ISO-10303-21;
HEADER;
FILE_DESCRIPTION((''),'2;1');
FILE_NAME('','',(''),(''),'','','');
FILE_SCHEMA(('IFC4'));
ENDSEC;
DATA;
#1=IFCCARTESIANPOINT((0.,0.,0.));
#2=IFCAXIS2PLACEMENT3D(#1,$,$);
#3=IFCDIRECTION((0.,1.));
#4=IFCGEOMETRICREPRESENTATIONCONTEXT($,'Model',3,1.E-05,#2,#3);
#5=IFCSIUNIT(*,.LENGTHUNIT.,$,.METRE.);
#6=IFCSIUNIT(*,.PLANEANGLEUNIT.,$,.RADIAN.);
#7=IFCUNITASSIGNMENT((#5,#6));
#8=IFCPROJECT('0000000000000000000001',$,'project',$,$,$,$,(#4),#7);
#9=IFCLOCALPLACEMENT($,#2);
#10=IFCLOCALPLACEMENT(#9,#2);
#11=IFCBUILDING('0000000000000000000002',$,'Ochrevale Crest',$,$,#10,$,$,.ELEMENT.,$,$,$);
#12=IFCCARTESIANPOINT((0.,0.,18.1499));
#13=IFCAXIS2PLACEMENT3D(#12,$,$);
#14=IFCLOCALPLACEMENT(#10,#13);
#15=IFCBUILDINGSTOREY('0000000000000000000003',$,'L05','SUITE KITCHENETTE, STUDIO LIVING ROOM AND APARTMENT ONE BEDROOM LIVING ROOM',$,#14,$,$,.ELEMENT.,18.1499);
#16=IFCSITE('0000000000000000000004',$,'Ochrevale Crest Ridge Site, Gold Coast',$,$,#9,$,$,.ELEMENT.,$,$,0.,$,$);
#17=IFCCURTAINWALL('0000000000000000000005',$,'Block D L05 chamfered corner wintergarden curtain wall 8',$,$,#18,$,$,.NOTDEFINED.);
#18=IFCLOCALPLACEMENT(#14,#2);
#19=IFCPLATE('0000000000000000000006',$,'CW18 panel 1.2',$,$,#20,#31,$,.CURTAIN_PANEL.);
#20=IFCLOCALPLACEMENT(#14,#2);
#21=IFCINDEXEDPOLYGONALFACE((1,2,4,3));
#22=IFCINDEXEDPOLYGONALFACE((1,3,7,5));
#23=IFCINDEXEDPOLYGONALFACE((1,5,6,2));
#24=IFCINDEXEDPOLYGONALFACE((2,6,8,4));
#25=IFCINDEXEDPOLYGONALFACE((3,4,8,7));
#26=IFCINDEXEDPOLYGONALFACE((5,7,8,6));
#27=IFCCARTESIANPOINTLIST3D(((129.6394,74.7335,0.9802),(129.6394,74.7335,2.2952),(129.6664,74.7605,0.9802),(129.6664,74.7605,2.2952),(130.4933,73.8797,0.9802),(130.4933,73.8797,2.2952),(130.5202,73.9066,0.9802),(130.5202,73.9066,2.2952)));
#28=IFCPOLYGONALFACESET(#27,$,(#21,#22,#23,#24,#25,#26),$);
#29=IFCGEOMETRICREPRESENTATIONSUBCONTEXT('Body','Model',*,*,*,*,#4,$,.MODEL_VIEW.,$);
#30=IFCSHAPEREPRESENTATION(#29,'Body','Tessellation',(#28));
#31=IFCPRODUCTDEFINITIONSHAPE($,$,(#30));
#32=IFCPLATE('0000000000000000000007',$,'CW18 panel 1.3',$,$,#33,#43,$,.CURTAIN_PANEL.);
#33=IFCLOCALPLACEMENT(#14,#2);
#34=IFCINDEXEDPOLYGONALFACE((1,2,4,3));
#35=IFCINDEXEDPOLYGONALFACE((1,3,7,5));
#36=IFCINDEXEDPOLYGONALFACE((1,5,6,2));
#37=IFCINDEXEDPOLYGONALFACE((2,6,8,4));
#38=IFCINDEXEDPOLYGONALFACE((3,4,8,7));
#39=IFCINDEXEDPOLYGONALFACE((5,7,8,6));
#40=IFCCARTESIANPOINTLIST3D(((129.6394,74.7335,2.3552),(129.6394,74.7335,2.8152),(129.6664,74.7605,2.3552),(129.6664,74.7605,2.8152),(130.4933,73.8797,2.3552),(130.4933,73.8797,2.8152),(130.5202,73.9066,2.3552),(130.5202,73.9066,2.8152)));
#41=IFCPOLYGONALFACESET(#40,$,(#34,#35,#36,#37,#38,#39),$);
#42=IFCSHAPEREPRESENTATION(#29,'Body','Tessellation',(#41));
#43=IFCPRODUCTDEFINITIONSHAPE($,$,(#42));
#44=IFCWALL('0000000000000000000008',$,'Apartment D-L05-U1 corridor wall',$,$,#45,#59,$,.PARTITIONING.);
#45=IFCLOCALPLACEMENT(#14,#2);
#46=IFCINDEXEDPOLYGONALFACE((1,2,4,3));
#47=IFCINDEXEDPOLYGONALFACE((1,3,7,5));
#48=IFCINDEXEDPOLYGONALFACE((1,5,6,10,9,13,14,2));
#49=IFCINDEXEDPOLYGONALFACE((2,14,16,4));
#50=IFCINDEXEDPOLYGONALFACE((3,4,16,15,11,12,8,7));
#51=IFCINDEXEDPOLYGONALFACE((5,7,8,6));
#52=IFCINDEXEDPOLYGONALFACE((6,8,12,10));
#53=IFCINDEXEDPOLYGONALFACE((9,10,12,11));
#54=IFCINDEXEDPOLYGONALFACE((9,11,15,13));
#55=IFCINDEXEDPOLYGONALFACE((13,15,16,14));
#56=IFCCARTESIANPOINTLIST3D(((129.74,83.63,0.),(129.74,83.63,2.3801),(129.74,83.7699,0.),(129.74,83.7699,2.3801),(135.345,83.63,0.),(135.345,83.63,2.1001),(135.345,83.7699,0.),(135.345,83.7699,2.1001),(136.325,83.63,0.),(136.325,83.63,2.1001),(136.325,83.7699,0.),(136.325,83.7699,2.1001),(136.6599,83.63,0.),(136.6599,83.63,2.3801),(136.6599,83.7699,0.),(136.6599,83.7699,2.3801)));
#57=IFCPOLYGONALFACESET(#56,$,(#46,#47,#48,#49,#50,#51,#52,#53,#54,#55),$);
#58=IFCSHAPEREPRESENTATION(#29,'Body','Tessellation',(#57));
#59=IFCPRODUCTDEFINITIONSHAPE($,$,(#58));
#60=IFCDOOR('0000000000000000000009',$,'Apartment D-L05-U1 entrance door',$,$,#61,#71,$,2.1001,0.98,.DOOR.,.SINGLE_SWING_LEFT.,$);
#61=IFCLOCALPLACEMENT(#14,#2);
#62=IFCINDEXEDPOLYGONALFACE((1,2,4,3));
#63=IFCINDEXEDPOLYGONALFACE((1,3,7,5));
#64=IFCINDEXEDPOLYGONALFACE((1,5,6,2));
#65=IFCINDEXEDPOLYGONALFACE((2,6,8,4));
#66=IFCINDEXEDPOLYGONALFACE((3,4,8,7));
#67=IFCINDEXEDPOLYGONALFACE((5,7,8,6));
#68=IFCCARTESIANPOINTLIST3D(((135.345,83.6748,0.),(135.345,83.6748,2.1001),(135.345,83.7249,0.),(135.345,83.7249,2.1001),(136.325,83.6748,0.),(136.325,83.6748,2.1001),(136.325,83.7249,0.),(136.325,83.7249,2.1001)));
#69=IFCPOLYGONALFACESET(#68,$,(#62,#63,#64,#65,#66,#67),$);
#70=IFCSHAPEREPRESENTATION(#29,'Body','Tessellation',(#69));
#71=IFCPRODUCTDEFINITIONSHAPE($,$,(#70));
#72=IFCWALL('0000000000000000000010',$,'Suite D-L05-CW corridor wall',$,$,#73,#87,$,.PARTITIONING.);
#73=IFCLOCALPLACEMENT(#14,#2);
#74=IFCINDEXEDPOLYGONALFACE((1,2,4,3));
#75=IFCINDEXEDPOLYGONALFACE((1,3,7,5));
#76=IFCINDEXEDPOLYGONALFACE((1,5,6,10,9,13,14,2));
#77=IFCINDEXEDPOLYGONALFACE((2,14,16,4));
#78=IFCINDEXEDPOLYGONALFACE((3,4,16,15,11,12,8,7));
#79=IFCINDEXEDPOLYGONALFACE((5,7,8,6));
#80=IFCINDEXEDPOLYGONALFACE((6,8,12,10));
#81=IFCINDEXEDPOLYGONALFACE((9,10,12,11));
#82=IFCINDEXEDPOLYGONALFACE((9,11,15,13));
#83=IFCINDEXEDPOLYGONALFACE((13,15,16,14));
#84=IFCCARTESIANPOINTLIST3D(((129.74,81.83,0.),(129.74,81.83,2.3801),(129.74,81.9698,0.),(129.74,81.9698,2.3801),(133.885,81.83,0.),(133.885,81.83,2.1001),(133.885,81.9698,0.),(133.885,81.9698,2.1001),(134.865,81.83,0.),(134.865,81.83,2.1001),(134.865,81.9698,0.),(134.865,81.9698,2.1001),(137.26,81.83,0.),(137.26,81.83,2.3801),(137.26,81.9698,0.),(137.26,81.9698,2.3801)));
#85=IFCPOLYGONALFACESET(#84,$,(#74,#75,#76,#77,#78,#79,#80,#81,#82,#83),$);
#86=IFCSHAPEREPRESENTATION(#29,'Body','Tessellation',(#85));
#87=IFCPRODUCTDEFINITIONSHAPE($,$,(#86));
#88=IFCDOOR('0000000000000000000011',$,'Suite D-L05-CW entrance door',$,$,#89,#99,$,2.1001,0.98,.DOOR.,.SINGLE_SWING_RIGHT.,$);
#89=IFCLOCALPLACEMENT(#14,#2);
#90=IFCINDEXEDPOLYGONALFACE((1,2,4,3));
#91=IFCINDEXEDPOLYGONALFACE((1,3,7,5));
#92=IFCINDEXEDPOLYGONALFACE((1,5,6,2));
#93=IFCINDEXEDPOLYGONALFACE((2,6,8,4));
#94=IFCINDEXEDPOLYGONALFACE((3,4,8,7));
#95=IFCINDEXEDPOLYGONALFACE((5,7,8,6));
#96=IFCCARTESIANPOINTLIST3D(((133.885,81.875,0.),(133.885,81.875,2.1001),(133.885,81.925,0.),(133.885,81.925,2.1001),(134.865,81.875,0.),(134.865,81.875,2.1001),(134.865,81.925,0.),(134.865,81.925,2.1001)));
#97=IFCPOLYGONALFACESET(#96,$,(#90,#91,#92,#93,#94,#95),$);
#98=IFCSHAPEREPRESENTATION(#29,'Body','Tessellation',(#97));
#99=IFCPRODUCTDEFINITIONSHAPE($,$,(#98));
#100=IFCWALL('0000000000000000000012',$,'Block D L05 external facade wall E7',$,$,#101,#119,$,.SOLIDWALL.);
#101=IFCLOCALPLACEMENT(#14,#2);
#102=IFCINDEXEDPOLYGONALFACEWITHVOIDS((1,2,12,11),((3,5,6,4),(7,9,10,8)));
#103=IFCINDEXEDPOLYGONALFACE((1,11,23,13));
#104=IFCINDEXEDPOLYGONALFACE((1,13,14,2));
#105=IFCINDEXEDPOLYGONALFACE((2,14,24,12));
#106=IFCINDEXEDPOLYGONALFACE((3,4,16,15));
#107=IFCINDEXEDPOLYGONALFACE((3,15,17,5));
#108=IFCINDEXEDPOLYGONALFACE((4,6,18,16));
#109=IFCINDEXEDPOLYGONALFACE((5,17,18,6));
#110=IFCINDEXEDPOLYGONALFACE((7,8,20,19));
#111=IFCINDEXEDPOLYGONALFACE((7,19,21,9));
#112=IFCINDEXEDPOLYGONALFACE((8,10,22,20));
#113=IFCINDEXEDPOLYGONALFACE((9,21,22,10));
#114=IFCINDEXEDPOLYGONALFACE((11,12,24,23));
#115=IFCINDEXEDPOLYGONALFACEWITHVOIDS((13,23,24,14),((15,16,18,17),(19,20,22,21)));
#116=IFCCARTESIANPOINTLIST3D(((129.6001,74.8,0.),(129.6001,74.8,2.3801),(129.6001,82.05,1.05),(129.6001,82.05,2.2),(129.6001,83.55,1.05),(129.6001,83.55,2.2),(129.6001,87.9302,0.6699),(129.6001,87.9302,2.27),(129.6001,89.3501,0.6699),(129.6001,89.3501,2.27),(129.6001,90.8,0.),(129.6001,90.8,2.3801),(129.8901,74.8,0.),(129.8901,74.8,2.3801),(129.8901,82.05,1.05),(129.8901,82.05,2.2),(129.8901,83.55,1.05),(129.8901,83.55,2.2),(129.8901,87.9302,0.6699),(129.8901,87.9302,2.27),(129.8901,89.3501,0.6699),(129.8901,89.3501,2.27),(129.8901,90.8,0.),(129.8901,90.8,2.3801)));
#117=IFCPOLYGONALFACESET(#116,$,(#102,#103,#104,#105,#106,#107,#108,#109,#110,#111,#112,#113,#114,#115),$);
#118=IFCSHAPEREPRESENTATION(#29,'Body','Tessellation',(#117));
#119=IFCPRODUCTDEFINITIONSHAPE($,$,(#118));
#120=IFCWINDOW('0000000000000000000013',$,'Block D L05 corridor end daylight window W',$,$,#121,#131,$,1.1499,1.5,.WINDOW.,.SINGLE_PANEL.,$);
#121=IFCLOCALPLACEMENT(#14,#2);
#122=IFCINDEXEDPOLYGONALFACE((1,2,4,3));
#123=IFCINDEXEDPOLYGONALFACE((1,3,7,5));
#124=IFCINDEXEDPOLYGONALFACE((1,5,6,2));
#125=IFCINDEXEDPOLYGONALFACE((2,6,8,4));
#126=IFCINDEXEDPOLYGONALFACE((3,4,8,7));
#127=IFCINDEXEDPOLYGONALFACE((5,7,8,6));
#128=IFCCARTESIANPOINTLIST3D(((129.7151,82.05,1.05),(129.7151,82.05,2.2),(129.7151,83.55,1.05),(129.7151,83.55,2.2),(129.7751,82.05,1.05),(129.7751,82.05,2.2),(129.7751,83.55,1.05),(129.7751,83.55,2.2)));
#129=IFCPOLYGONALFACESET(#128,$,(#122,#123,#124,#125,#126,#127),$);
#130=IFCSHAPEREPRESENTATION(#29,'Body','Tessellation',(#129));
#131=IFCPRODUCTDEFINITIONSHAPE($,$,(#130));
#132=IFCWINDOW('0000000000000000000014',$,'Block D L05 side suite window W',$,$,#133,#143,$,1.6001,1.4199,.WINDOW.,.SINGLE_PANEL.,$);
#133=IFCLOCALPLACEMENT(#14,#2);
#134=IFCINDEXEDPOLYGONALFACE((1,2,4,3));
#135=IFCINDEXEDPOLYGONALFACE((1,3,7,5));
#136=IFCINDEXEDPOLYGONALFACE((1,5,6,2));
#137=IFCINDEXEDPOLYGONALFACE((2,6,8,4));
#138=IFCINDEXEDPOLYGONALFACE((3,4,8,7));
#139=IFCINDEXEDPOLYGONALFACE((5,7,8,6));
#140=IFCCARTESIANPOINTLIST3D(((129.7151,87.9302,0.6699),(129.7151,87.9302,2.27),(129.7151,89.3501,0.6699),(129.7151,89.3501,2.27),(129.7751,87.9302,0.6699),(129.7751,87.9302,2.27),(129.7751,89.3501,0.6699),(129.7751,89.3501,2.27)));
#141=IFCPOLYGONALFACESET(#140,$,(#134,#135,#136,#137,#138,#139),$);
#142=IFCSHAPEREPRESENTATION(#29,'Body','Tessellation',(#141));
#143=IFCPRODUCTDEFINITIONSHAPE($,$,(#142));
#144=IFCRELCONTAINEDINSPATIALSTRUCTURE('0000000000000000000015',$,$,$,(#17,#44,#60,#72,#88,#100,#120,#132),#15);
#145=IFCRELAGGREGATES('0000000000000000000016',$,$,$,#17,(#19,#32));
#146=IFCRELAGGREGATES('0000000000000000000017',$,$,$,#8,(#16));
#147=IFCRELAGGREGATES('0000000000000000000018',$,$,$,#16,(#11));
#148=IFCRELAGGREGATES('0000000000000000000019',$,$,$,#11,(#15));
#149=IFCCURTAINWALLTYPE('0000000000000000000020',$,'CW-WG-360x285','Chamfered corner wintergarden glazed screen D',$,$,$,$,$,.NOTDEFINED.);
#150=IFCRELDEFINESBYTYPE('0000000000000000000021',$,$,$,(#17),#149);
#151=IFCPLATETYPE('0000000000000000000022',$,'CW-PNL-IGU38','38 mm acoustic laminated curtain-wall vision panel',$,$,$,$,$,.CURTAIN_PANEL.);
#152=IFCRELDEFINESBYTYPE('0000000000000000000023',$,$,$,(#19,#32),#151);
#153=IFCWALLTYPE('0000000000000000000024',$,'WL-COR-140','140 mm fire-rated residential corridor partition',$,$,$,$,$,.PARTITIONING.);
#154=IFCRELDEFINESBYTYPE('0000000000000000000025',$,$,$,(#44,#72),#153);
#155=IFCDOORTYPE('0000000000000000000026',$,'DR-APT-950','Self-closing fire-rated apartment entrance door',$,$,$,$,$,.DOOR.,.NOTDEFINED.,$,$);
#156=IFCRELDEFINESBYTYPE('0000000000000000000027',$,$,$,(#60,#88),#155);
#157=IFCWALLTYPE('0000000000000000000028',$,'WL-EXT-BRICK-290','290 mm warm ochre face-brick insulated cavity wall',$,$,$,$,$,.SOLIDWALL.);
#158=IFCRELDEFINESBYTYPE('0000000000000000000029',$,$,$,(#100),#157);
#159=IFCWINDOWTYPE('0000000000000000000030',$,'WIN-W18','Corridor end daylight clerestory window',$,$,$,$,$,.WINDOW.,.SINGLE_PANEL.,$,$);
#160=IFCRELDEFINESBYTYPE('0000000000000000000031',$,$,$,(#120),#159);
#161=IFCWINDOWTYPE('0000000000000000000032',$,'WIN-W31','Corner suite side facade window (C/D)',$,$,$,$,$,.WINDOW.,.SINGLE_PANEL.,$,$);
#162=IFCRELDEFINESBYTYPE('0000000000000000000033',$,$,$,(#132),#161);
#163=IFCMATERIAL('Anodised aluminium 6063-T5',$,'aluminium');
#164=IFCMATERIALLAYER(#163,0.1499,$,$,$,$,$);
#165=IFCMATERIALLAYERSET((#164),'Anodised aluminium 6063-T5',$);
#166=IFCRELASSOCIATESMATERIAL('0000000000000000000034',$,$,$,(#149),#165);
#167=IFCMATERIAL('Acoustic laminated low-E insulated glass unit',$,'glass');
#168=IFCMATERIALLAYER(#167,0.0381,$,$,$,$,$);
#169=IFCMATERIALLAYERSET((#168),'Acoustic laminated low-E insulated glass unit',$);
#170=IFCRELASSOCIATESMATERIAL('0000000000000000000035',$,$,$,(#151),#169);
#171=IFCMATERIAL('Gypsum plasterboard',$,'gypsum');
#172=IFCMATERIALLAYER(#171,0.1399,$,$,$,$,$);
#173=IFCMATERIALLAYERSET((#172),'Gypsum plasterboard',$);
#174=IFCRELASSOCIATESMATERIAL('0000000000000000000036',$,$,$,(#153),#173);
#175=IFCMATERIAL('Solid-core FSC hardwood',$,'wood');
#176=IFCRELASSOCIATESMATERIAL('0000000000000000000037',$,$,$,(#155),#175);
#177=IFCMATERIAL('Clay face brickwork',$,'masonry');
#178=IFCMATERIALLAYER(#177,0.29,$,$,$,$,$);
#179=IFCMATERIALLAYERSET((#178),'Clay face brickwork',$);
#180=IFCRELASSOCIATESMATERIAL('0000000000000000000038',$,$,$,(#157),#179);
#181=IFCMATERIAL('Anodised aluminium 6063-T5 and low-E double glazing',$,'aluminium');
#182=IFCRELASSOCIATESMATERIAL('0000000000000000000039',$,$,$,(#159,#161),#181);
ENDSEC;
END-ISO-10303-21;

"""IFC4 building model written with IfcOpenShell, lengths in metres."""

from ifc_helpers import new_model, si_unit, direction, frame, frame_2d, origin, origin_2d, place, context, subcontext, project, spatial, rectangle, extrude, material, layer, layer_set, type_object, element, fill, aggregate, save


model = new_model("IFC4")

# Units and contexts
model_context = context("Model", 3, precision=1e-05, world=origin(), true_north=direction((0.0, 1.0)))
body_context = subcontext(model_context, "Body", "Model", "MODEL_VIEW")
ifc_project = project(units=[si_unit("LENGTHUNIT", "METRE"), si_unit("PLANEANGLEUNIT", "RADIAN")], contexts=[model_context])

# Site, building, storey
site_placement = place(None, origin())
site = spatial("IfcSite", under=ifc_project, at=site_placement, Name="Ochrevale Crest Ridge Site, Gold Coast", CompositionType="ELEMENT", RefElevation=0.0)
building_placement = place(site_placement, origin())
building = spatial("IfcBuilding", under=site, at=building_placement, Name="Ochrevale Crest", CompositionType="ELEMENT")
storey_placement = place(building_placement, frame((0.0, 0.0, 18.1499)))
storey = spatial("IfcBuildingStorey", under=building, at=storey_placement, Name="L05", Description="SUITE KITCHENETTE, STUDIO LIVING ROOM AND APARTMENT ONE BEDROOM LIVING ROOM", CompositionType="ELEMENT", Elevation=18.1499)

# Curtain wall
ifc_material_1 = material(Name="Anodised aluminium 6063-T5", Category="aluminium")
ifc_layer_1 = layer(ifc_material_1, 0.1499)
ifc_layer_set_1 = layer_set([ifc_layer_1], Name="Anodised aluminium 6063-T5")
curtain_wall_type_1 = type_object("IfcCurtainWallType", Name="CW-WG-360x285", Description="Chamfered corner wintergarden glazed screen D", PredefinedType="NOTDEFINED", material=ifc_layer_set_1)
curtain_wall_1_placement = place(storey_placement, origin())
curtain_wall_1 = element("IfcCurtainWall", 1, at=curtain_wall_1_placement, inside=storey, type_object=curtain_wall_type_1, Name="Block D L05 chamfered corner wintergarden curtain wall 8", PredefinedType="NOTDEFINED")

# Plates
ifc_material_2 = material(Name="Acoustic laminated low-E insulated glass unit", Category="glass")
ifc_layer_2 = layer(ifc_material_2, 0.0381)
ifc_layer_set_2 = layer_set([ifc_layer_2], Name="Acoustic laminated low-E insulated glass unit")
plate_type = type_object("IfcPlateType", Name="CW-PNL-IGU38", Description="38 mm acoustic laminated curtain-wall vision panel", PredefinedType="CURTAIN_PANEL", material=ifc_layer_set_2)
plate_1_placement = place(storey_placement, frame((130.0798, 74.3201, 0.9802), z_axis=(0.0, 0.0, 1.0), x_axis=(0.707107, -0.707107, 0.0)))
plate_1 = element("IfcPlate", 2, at=plate_1_placement, type_object=plate_type, Name="CW18 panel 1.2", PredefinedType="CURTAIN_PANEL", context=body_context, shape_type="SweptSolid", body=[
    extrude(rectangle(XDim=1.2075, YDim=0.0381, at=origin_2d()), origin(), (0.0, 0.0, 1.0), 1.3149),
])
plate_2_placement = place(storey_placement, frame((130.0798, 74.3201, 2.3552), z_axis=(0.0, 0.0, 1.0), x_axis=(0.707107, -0.707107, 0.0)))
plate_2 = element("IfcPlate", 3, at=plate_2_placement, type_object=plate_type, Name="CW18 panel 1.3", PredefinedType="CURTAIN_PANEL", context=body_context, shape_type="SweptSolid", body=[
    extrude(rectangle(XDim=1.2075, YDim=0.0381, at=origin_2d()), origin(), (0.0, 0.0, 1.0), 0.46),
])
aggregate(curtain_wall_1, [plate_1, plate_2])

# Walls, openings, doors
ifc_material_3 = material(Name="Gypsum plasterboard", Category="gypsum")
ifc_layer_3 = layer(ifc_material_3, 0.1399)
ifc_layer_set_3 = layer_set([ifc_layer_3], Name="Gypsum plasterboard")
wall_type_1 = type_object("IfcWallType", Name="WL-COR-140", Description="140 mm fire-rated residential corridor partition", PredefinedType="PARTITIONING", material=ifc_layer_set_3)
wall_1_placement = place(storey_placement, frame((129.74, 83.7, 0.0), z_axis=(0.0, 0.0, 1.0), x_axis=(1.0, 0.0, 0.0)))
wall_1 = element("IfcWall", 4, at=wall_1_placement, inside=storey, type_object=wall_type_1, Name="Apartment D-L05-U1 corridor wall", PredefinedType="PARTITIONING", context=body_context, shape_type="SweptSolid", body=[
    extrude(rectangle(XDim=6.9199, YDim=0.1399, at=frame_2d((3.46, 0.0))), origin(), (0.0, 0.0, 1.0), 2.3801),
])
opening_1_placement = place(wall_1_placement, frame((5.605, 0.0, 0.0)))
opening_1 = element("IfcOpeningElement", 5, at=opening_1_placement, cuts=wall_1, PredefinedType="OPENING", context=body_context, shape_type="SweptSolid", body=[
    extrude(rectangle(XDim=0.98, YDim=2.1001, at=frame_2d((0.49, 1.05))), frame((0.0, 0.0801, 0.0), z_axis=(0.0, -1.0, 0.0), x_axis=(1.0, 0.0, 0.0)), (0.0, 0.0, 1.0), 0.1599),
])
ifc_material_4 = material(Name="Solid-core FSC hardwood", Category="wood")
door_type_1 = type_object("IfcDoorType", Name="DR-APT-950", Description="Self-closing fire-rated apartment entrance door", OperationType="NOTDEFINED", PredefinedType="DOOR", material=ifc_material_4)
door_1_placement = place(opening_1_placement, origin())
door_1 = element("IfcDoor", 6, at=door_1_placement, inside=storey, type_object=door_type_1, Name="Apartment D-L05-U1 entrance door", OperationType="SINGLE_SWING_LEFT", OverallHeight=2.1001, OverallWidth=0.98, PredefinedType="DOOR", context=body_context, shape_type="SweptSolid", body=[
    extrude(rectangle(XDim=0.98, YDim=2.1001, at=frame_2d((0.49, 1.05))), frame((0.0, 0.0249, 0.0), z_axis=(0.0, -1.0, 0.0), x_axis=(1.0, 0.0, 0.0)), (0.0, 0.0, 1.0), 0.05),
])
fill(opening_1, door_1)
wall_2_placement = place(storey_placement, frame((129.74, 81.8999, 0.0), z_axis=(0.0, 0.0, 1.0), x_axis=(1.0, 0.0, 0.0)))
wall_2 = element("IfcWall", 7, at=wall_2_placement, inside=storey, type_object=wall_type_1, Name="Suite D-L05-CW corridor wall", PredefinedType="PARTITIONING", context=body_context, shape_type="SweptSolid", body=[
    extrude(rectangle(XDim=7.52, YDim=0.1399, at=frame_2d((3.76, 0.0))), origin(), (0.0, 0.0, 1.0), 2.3801),
])
opening_2_placement = place(wall_2_placement, frame((5.125, 0.0, 0.0), z_axis=(0.0, 0.0, 1.0), x_axis=(-1.0, 0.0, 0.0)))
opening_2 = element("IfcOpeningElement", 8, at=opening_2_placement, cuts=wall_2, PredefinedType="OPENING", context=body_context, shape_type="SweptSolid", body=[
    extrude(rectangle(XDim=0.98, YDim=2.1001, at=frame_2d((0.49, 1.05))), frame((0.0, 0.0801, 0.0), z_axis=(0.0, -1.0, 0.0), x_axis=(1.0, 0.0, 0.0)), (0.0, 0.0, 1.0), 0.1599),
])
door_2_placement = place(opening_2_placement, origin())
door_2 = element("IfcDoor", 9, at=door_2_placement, inside=storey, type_object=door_type_1, Name="Suite D-L05-CW entrance door", OperationType="SINGLE_SWING_RIGHT", OverallHeight=2.1001, OverallWidth=0.98, PredefinedType="DOOR", context=body_context, shape_type="SweptSolid", body=[
    extrude(rectangle(XDim=0.98, YDim=2.1001, at=frame_2d((0.49, 1.05))), frame((0.0, 0.0249, 0.0), z_axis=(0.0, -1.0, 0.0), x_axis=(1.0, 0.0, 0.0)), (0.0, 0.0, 1.0), 0.05),
])
fill(opening_2, door_2)

# Wall, openings, windows
ifc_material_5 = material(Name="Clay face brickwork", Category="masonry")
ifc_layer_4 = layer(ifc_material_5, 0.29)
ifc_layer_set_4 = layer_set([ifc_layer_4], Name="Clay face brickwork")
wall_type_2 = type_object("IfcWallType", Name="WL-EXT-BRICK-290", Description="290 mm warm ochre face-brick insulated cavity wall", PredefinedType="SOLIDWALL", material=ifc_layer_set_4)
wall_3_placement = place(storey_placement, frame((129.7451, 90.8, 0.0), z_axis=(0.0, 0.0, 1.0), x_axis=(0.0, -1.0, 0.0)))
wall_3 = element("IfcWall", 10, at=wall_3_placement, inside=storey, type_object=wall_type_2, Name="Block D L05 external facade wall E7", PredefinedType="SOLIDWALL", context=body_context, shape_type="SweptSolid", body=[
    extrude(rectangle(XDim=16.0, YDim=0.29, at=frame_2d((8.0, 0.0))), origin(), (0.0, 0.0, 1.0), 2.3801),
])
opening_3_placement = place(wall_3_placement, frame((7.25, 0.0, 1.05)))
opening_3 = element("IfcOpeningElement", 11, at=opening_3_placement, cuts=wall_3, PredefinedType="OPENING", context=body_context, shape_type="SweptSolid", body=[
    extrude(rectangle(XDim=1.5, YDim=1.1499, at=frame_2d((0.75, 0.575))), frame((0.0, 0.155, 0.0), z_axis=(0.0, -1.0, 0.0), x_axis=(1.0, 0.0, 0.0)), (0.0, 0.0, 1.0), 0.3101),
])
opening_4_placement = place(wall_3_placement, frame((1.45, 0.0, 0.6699)))
opening_4 = element("IfcOpeningElement", 12, at=opening_4_placement, cuts=wall_3, PredefinedType="OPENING", context=body_context, shape_type="SweptSolid", body=[
    extrude(rectangle(XDim=1.4199, YDim=1.6001, at=frame_2d((0.71, 0.8))), frame((0.0, 0.155, 0.0), z_axis=(0.0, -1.0, 0.0), x_axis=(1.0, 0.0, 0.0)), (0.0, 0.0, 1.0), 0.3101),
])
ifc_material_6 = material(Name="Anodised aluminium 6063-T5 and low-E double glazing", Category="aluminium")
window_type_1 = type_object("IfcWindowType", Name="WIN-W18", Description="Corridor end daylight clerestory window", PartitioningType="SINGLE_PANEL", PredefinedType="WINDOW", material=ifc_material_6)
window_1_placement = place(opening_3_placement, origin())
window_1 = element("IfcWindow", 13, at=window_1_placement, inside=storey, type_object=window_type_1, Name="Block D L05 corridor end daylight window W", OverallHeight=1.1499, OverallWidth=1.5, PartitioningType="SINGLE_PANEL", PredefinedType="WINDOW", context=body_context, shape_type="SweptSolid", body=[
    extrude(rectangle(XDim=1.5, YDim=1.1499, at=frame_2d((0.75, 0.575))), frame((0.0, 0.03, 0.0), z_axis=(0.0, -1.0, 0.0), x_axis=(1.0, 0.0, 0.0)), (0.0, 0.0, 1.0), 0.0601),
])
fill(opening_3, window_1)
window_type_2 = type_object("IfcWindowType", Name="WIN-W31", Description="Corner suite side facade window (C/D)", PartitioningType="SINGLE_PANEL", PredefinedType="WINDOW", material=ifc_material_6)
window_2_placement = place(opening_4_placement, origin())
window_2 = element("IfcWindow", 14, at=window_2_placement, inside=storey, type_object=window_type_2, Name="Block D L05 side suite window W", OverallHeight=1.6001, OverallWidth=1.4199, PartitioningType="SINGLE_PANEL", PredefinedType="WINDOW", context=body_context, shape_type="SweptSolid", body=[
    extrude(rectangle(XDim=1.4199, YDim=1.6001, at=frame_2d((0.71, 0.8))), frame((0.0, 0.03, 0.0), z_axis=(0.0, -1.0, 0.0), x_axis=(1.0, 0.0, 0.0)), (0.0, 0.0, 1.0), 0.0601),
])
fill(opening_4, window_2)

save(model, "model.ifc")
